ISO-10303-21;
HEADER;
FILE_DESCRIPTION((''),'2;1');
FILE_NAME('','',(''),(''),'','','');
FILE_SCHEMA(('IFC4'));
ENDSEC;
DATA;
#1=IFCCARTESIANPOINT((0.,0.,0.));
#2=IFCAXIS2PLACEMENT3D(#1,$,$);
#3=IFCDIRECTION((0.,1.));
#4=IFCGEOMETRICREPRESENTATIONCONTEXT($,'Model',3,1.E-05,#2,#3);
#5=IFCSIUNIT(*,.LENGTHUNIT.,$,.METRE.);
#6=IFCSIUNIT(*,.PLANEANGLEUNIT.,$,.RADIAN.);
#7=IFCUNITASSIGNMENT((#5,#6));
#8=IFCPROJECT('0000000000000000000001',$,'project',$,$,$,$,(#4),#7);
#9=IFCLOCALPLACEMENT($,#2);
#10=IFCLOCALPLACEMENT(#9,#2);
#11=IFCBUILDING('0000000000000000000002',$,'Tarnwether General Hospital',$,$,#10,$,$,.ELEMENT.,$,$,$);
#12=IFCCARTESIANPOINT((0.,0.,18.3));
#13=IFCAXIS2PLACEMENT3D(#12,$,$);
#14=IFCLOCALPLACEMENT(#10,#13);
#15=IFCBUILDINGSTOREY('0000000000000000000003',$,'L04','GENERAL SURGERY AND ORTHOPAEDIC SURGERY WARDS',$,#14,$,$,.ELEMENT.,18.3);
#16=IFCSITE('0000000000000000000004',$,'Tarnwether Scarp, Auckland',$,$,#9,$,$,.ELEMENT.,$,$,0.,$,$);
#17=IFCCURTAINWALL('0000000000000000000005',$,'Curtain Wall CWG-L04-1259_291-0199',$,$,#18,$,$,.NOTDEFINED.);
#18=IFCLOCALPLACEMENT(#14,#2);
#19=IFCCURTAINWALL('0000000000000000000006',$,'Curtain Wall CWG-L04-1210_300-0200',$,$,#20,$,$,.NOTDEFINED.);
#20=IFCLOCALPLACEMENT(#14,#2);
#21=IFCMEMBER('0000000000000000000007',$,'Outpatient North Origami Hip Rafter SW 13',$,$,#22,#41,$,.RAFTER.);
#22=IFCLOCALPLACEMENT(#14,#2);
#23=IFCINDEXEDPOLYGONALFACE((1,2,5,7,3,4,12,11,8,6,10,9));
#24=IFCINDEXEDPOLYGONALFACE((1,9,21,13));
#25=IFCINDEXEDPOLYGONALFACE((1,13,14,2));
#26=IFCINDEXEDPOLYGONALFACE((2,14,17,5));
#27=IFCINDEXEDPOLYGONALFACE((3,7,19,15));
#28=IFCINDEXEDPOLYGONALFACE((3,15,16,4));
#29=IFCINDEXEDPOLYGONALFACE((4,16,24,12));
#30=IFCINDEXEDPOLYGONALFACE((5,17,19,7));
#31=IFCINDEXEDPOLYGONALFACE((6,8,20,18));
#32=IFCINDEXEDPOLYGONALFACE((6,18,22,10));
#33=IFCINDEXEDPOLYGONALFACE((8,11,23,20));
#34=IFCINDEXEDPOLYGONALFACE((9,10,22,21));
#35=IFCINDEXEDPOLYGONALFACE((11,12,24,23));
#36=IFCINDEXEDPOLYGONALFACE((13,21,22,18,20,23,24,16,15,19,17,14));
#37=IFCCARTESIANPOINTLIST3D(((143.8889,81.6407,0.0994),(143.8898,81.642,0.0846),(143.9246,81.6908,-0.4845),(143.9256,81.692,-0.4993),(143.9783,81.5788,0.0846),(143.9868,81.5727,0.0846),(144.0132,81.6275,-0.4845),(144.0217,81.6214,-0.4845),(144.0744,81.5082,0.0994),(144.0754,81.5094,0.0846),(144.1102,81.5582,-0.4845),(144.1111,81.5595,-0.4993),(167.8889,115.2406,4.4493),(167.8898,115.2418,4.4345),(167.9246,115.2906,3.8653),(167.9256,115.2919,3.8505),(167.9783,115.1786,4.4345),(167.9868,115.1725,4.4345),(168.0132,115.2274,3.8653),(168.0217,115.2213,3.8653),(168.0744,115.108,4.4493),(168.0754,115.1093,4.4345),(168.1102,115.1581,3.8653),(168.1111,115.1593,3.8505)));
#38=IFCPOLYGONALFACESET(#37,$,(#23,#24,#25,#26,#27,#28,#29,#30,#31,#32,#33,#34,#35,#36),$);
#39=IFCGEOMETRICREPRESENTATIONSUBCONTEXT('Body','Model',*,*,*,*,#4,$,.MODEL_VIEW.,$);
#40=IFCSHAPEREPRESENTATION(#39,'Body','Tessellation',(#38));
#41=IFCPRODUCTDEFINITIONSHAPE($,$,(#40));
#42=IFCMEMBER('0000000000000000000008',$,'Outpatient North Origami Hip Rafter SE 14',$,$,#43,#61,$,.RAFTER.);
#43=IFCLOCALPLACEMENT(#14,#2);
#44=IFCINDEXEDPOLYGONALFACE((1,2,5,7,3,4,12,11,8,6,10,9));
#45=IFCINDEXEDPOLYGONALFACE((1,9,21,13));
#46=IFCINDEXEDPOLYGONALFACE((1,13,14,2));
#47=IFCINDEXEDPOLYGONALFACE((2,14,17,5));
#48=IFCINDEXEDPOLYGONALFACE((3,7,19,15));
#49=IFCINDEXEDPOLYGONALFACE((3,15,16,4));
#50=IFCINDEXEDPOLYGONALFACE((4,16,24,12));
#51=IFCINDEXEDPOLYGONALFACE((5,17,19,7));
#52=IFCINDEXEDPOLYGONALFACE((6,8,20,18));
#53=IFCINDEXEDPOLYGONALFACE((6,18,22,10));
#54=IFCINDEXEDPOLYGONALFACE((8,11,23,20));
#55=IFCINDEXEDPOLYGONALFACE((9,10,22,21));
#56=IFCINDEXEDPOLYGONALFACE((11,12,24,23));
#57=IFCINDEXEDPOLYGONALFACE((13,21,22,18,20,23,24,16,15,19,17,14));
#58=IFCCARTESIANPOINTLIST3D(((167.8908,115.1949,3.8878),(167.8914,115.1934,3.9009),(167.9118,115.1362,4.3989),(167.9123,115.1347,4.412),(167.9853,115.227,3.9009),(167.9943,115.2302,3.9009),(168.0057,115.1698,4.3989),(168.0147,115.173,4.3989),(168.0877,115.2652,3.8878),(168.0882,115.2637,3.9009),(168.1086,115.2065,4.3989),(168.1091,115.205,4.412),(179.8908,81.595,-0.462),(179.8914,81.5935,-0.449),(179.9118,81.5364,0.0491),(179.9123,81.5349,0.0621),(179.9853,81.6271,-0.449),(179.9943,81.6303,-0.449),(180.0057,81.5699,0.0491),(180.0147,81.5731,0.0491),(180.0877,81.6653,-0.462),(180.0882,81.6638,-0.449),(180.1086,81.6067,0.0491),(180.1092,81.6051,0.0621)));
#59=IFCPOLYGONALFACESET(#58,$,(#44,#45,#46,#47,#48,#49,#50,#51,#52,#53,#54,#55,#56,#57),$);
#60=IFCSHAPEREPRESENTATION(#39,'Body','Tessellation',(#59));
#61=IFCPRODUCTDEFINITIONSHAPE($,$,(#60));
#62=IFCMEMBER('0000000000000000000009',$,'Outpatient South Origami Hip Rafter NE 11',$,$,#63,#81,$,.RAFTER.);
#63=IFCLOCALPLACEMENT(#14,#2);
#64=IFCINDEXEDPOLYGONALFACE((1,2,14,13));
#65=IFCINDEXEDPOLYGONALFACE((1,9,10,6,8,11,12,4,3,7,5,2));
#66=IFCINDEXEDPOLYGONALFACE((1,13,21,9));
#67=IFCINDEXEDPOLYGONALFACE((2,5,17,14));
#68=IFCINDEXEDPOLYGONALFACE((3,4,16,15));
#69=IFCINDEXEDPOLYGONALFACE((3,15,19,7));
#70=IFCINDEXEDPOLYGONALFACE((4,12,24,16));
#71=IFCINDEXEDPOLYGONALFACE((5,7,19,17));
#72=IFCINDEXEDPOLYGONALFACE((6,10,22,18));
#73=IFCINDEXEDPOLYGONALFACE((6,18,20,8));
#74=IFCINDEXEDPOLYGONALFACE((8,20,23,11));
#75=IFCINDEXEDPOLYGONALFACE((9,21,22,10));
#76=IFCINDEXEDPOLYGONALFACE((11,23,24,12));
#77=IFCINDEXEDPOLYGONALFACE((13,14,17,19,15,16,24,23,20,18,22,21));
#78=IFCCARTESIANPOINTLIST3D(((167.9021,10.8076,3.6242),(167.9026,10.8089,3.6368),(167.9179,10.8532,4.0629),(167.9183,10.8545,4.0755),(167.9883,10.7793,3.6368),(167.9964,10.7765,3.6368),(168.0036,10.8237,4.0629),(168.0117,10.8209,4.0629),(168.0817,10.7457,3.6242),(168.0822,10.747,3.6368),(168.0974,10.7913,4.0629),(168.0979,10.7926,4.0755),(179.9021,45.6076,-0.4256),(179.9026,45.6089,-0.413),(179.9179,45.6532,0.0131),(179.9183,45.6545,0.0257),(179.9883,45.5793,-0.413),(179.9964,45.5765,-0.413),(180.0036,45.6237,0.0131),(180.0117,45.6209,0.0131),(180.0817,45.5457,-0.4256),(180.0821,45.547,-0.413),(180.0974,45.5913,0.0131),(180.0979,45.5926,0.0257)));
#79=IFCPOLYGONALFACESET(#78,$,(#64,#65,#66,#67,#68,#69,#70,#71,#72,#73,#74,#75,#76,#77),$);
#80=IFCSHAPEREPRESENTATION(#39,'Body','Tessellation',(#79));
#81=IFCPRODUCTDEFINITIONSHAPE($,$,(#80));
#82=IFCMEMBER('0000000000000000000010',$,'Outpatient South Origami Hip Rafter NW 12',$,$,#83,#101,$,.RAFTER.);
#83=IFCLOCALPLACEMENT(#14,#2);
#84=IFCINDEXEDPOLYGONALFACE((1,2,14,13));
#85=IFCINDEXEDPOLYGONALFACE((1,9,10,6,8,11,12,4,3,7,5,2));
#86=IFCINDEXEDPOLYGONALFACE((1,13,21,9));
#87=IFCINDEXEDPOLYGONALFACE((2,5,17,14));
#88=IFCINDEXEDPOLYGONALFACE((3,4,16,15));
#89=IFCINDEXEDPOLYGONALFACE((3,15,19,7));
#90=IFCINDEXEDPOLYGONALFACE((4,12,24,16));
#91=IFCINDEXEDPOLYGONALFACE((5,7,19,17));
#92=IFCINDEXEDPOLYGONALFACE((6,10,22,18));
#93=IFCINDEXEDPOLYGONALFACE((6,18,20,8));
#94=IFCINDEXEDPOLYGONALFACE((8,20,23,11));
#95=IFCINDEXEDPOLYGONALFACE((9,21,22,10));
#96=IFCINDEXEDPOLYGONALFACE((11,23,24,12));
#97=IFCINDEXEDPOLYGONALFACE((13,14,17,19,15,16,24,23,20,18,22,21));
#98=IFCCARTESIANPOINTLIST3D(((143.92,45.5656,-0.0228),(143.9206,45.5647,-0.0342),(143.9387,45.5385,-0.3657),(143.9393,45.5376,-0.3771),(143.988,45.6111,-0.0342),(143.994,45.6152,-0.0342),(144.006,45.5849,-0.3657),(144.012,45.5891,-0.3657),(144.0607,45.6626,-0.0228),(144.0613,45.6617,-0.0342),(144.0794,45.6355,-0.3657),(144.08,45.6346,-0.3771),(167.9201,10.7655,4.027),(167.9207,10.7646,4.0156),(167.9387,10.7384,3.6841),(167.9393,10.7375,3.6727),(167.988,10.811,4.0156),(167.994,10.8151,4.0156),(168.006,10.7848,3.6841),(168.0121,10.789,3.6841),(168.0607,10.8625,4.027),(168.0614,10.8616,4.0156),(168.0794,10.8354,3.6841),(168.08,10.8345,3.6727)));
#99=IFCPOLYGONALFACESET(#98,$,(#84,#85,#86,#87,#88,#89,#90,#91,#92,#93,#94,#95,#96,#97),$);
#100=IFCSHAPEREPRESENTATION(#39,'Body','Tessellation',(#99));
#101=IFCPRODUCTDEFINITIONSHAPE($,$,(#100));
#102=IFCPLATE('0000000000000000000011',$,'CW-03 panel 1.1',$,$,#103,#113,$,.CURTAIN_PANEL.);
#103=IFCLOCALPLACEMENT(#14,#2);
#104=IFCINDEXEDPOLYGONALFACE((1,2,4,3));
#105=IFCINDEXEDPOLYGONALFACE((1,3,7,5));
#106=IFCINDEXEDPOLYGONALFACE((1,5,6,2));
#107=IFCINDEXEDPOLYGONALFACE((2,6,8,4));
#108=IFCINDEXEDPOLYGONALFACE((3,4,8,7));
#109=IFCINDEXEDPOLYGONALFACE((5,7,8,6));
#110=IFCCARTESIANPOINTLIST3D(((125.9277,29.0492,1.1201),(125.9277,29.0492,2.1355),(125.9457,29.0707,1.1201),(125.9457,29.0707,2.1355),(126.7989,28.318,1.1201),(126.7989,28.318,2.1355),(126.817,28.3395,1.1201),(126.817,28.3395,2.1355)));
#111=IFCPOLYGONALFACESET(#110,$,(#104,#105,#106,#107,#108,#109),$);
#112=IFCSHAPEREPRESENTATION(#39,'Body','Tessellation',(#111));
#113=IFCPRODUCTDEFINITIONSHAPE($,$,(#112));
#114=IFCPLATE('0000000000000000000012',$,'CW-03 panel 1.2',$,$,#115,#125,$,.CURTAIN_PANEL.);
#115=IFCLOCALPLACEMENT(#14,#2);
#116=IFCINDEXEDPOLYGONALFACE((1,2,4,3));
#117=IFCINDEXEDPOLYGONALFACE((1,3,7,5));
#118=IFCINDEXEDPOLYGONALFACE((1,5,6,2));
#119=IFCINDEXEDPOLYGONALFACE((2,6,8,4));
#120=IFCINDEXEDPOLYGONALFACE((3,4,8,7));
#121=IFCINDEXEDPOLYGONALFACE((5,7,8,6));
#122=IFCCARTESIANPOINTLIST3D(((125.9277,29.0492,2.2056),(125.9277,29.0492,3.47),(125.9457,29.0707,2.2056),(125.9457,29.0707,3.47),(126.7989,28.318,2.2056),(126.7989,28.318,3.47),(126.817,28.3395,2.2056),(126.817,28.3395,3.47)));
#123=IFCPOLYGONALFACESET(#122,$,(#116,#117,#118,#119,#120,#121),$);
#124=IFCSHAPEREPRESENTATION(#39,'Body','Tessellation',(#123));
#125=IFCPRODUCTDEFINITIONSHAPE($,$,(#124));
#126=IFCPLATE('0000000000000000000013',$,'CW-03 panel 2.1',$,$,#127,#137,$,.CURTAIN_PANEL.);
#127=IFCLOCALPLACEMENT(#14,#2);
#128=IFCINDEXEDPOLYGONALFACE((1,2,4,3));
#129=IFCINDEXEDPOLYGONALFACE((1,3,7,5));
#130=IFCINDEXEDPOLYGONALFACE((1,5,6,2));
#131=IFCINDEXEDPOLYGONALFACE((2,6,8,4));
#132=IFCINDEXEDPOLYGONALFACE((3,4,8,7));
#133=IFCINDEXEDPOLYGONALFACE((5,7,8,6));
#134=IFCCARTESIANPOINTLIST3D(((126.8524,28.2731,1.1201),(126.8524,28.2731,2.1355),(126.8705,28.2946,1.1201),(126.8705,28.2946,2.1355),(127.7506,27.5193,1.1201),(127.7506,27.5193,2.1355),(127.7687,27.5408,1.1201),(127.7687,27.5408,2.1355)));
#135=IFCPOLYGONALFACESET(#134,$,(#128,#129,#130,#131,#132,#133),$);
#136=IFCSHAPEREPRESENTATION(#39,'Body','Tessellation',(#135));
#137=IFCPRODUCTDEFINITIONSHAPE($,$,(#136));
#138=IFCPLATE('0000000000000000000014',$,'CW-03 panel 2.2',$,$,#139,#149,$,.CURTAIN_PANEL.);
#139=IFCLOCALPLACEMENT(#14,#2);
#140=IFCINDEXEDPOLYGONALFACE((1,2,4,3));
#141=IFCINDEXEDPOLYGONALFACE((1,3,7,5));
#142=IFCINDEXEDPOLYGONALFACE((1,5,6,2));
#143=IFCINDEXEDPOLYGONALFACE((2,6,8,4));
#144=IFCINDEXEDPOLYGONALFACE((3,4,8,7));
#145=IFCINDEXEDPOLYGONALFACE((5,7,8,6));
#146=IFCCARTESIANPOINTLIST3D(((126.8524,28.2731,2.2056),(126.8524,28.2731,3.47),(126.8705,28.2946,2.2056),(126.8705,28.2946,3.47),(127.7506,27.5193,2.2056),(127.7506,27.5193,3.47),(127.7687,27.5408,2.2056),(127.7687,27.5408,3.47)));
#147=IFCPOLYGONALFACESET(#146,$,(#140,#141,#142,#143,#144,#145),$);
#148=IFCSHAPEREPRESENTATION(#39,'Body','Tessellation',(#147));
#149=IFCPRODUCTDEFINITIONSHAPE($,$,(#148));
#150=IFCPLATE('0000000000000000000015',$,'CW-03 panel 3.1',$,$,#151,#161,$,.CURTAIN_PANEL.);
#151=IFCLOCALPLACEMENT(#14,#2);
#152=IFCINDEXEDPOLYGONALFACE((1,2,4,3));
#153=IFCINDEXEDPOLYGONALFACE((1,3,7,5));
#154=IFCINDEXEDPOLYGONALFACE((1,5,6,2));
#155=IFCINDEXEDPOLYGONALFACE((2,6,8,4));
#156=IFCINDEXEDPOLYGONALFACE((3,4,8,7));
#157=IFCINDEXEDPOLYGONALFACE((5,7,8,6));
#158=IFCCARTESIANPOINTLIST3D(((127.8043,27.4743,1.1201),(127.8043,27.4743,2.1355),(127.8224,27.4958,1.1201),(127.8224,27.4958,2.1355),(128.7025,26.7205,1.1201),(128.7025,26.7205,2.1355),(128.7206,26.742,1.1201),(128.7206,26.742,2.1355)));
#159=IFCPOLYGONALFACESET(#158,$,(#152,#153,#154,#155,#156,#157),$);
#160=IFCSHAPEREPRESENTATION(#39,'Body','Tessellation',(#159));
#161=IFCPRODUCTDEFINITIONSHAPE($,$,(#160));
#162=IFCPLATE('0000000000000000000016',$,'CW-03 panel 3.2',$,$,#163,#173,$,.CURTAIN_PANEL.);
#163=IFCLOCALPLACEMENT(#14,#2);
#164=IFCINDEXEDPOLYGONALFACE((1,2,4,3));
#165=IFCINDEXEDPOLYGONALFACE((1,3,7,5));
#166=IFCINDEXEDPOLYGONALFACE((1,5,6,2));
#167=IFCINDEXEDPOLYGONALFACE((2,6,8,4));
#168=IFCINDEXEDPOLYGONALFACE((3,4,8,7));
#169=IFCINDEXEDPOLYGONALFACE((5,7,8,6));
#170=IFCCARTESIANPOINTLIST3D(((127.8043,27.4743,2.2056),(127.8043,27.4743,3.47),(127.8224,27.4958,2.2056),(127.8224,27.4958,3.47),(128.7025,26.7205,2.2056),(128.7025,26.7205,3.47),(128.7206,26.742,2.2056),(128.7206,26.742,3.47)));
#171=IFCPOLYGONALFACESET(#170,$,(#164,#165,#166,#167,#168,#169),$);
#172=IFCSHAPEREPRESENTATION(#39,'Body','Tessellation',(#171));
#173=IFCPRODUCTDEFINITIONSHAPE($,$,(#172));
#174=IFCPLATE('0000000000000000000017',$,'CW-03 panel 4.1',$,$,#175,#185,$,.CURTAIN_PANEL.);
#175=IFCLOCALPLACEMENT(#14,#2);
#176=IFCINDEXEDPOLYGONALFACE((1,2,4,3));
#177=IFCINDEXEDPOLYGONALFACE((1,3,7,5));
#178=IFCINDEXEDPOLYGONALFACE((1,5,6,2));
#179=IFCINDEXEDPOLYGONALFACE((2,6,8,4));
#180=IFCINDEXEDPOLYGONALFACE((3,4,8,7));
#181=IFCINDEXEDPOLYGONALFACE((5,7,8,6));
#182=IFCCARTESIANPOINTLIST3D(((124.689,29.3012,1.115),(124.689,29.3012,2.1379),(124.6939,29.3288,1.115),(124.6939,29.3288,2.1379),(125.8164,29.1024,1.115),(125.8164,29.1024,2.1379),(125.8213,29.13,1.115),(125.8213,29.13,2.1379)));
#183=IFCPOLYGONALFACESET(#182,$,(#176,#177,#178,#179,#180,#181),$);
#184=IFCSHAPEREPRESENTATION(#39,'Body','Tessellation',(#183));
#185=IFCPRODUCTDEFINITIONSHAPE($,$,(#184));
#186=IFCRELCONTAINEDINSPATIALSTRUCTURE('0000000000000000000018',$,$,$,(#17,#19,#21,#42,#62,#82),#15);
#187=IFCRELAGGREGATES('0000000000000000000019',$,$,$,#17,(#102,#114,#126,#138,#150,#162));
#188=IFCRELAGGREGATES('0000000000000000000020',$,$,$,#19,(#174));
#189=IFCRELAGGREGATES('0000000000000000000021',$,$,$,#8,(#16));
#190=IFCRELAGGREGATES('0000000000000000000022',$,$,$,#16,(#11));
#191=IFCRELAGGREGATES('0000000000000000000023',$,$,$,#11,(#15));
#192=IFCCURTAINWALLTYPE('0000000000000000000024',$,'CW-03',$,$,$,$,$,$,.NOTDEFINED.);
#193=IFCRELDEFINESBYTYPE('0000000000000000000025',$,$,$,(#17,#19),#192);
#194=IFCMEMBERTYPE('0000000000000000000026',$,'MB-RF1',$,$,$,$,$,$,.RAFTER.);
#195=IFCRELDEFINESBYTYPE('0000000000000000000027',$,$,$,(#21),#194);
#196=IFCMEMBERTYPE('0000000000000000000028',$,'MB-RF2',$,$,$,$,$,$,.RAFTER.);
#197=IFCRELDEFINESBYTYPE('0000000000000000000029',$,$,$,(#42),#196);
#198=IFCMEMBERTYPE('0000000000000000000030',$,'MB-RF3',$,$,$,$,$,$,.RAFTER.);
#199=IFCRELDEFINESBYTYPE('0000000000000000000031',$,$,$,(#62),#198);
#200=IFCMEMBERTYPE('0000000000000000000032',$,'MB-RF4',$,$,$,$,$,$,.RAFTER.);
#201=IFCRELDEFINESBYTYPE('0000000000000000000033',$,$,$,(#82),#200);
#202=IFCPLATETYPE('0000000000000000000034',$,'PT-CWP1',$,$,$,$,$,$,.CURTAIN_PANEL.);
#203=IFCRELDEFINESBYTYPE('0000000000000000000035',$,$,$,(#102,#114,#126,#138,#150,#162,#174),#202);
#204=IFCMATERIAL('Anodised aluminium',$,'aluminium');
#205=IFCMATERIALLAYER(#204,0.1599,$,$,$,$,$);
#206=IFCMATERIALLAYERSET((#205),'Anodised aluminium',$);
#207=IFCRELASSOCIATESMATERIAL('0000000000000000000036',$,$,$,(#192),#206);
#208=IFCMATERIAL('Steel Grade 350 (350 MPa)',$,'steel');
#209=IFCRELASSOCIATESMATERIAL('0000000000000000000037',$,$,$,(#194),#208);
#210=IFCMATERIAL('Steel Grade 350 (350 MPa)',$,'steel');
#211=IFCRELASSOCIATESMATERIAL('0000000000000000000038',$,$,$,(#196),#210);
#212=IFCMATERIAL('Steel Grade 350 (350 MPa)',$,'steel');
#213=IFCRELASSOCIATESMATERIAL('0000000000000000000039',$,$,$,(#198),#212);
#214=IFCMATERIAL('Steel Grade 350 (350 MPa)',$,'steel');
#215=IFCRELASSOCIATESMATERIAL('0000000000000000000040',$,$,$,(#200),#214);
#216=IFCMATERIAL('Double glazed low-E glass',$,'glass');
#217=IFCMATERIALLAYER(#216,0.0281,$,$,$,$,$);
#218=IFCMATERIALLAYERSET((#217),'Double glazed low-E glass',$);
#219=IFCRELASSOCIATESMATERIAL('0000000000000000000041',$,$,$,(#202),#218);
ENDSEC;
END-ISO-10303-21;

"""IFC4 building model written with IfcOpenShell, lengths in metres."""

from ifc_helpers import new_model, si_unit, direction, frame, origin, origin_2d, place, context, subcontext, project, spatial, rectangle, i_section, extrude, material, layer, layer_set, material_profile, profile_set, type_object, element, aggregate, save


model = new_model("IFC4")

# Units and contexts
model_context = context("Model", 3, precision=1e-05, world=origin(), true_north=direction((0.0, 1.0)))
body_context = subcontext(model_context, "Body", "Model", "MODEL_VIEW")
ifc_project = project(units=[si_unit("LENGTHUNIT", "METRE"), si_unit("PLANEANGLEUNIT", "RADIAN")], contexts=[model_context])

# Site, building, storey
site_placement = place(None, origin())
site = spatial("IfcSite", under=ifc_project, at=site_placement, Name="Tarnwether Scarp, Auckland", CompositionType="ELEMENT", RefElevation=0.0)
building_placement = place(site_placement, origin())
building = spatial("IfcBuilding", under=site, at=building_placement, Name="Tarnwether General Hospital", CompositionType="ELEMENT")
storey_placement = place(building_placement, frame((0.0, 0.0, 18.3)))
storey = spatial("IfcBuildingStorey", under=building, at=storey_placement, Name="L04", Description="GENERAL SURGERY AND ORTHOPAEDIC SURGERY WARDS", CompositionType="ELEMENT", Elevation=18.3)

# Curtain wall
ifc_material_1 = material(Name="Anodised aluminium", Category="aluminium")
ifc_layer_1 = layer(ifc_material_1, 0.1599)
ifc_layer_set_1 = layer_set([ifc_layer_1], Name="Anodised aluminium")
curtain_wall_type = type_object("IfcCurtainWallType", Name="CW-03", PredefinedType="NOTDEFINED", material=ifc_layer_set_1)
curtain_wall_1_placement = place(storey_placement, origin())
curtain_wall_1 = element("IfcCurtainWall", 1, at=curtain_wall_1_placement, inside=storey, type_object=curtain_wall_type, Name="Curtain Wall CWG-L04-1259_291-0199", PredefinedType="NOTDEFINED")

# Curtain wall
curtain_wall_2_placement = place(storey_placement, origin())
curtain_wall_2 = element("IfcCurtainWall", 2, at=curtain_wall_2_placement, inside=storey, type_object=curtain_wall_type, Name="Curtain Wall CWG-L04-1210_300-0200", PredefinedType="NOTDEFINED")

# Members
ifc_material_2 = material(Name="Steel Grade 350 (350 MPa)", Category="steel")
ifc_material_profile_1 = material_profile(ifc_material_2, i_section(OverallWidth=0.228, OverallDepth=0.6021, WebThickness=0.0105, FlangeThickness=0.0149, at=origin_2d()), Name="610UB101")
ifc_profile_set_1 = profile_set([ifc_material_profile_1], Name="Steel Grade 350 (350 MPa)")
member_type_1 = type_object("IfcMemberType", Name="MB-RF1", PredefinedType="RAFTER", material=ifc_profile_set_1)
member_1_placement = place(storey_placement, frame((144.0, 81.6001, -0.2), z_axis=(0.578041, 0.809254, 0.104766), x_axis=(-0.813732, 0.58124, 0.0)))
element("IfcMember", 3, at=member_1_placement, inside=storey, type_object=member_type_1, Name="Outpatient North Origami Hip Rafter SW 13", PredefinedType="RAFTER", context=body_context, shape_type="SweptSolid", body=[
    extrude(i_section(OverallWidth=0.228, OverallDepth=0.6021, WebThickness=0.0105, FlangeThickness=0.0149, at=origin_2d()), origin(), (0.0, 0.0, 1.0), 41.5195),
])
ifc_material_3 = material(Name="Steel Grade 350 (350 MPa)", Category="steel")
ifc_material_profile_2 = material_profile(ifc_material_3, i_section(OverallWidth=0.209, OverallDepth=0.5281, WebThickness=0.0095, FlangeThickness=0.0132, at=origin_2d()), Name="530UB82.0")
ifc_profile_set_2 = profile_set([ifc_material_profile_2], Name="Steel Grade 350 (350 MPa)")
member_type_2 = type_object("IfcMemberType", Name="MB-RF2", PredefinedType="RAFTER", material=ifc_profile_set_2)
member_2_placement = place(storey_placement, frame((180.0, 81.6001, -0.2), z_axis=(-0.333866, 0.934819, 0.121022), x_axis=(-0.941741, -0.336338, 0.0)))
element("IfcMember", 4, at=member_2_placement, inside=storey, type_object=member_type_2, Name="Outpatient North Origami Hip Rafter SE 14", PredefinedType="RAFTER", context=body_context, shape_type="SweptSolid", body=[
    extrude(i_section(OverallWidth=0.209, OverallDepth=0.5281, WebThickness=0.0095, FlangeThickness=0.0132, at=origin_2d()), origin(), (0.0, 0.0, 1.0), 35.9426),
])
ifc_material_4 = material(Name="Steel Grade 350 (350 MPa)", Category="steel")
ifc_material_profile_3 = material_profile(ifc_material_4, i_section(OverallWidth=0.1899, OverallDepth=0.4541, WebThickness=0.0085, FlangeThickness=0.0127, at=origin_2d()), Name="460UB67.1")
ifc_profile_set_3 = profile_set([ifc_material_profile_3], Name="Steel Grade 350 (350 MPa)")
member_type_3 = type_object("IfcMemberType", Name="MB-RF3", PredefinedType="RAFTER", material=ifc_profile_set_3)
member_3_placement = place(storey_placement, frame((180.0, 45.6001, -0.2), z_axis=(-0.324035, -0.939703, 0.109357), x_axis=(0.945373, -0.32599, 0.0)))
element("IfcMember", 5, at=member_3_placement, inside=storey, type_object=member_type_3, Name="Outpatient South Origami Hip Rafter NE 11", PredefinedType="RAFTER", context=body_context, shape_type="SweptSolid", body=[
    extrude(i_section(OverallWidth=0.1899, OverallDepth=0.4541, WebThickness=0.0085, FlangeThickness=0.0127, at=origin_2d()), origin(), (0.0, 0.0, 1.0), 37.033),
])
ifc_material_5 = material(Name="Steel Grade 350 (350 MPa)", Category="steel")
ifc_material_profile_4 = material_profile(ifc_material_5, i_section(OverallWidth=0.1709, OverallDepth=0.356, WebThickness=0.0073, FlangeThickness=0.0115, at=origin_2d()), Name="360UB50.7")
ifc_profile_set_4 = profile_set([ifc_material_profile_4], Name="Steel Grade 350 (350 MPa)")
member_type_4 = type_object("IfcMemberType", Name="MB-RF4", PredefinedType="RAFTER", material=ifc_profile_set_4)
member_4_placement = place(storey_placement, frame((144.0, 45.6001, -0.2), z_axis=(0.565145, -0.819461, 0.095364), x_axis=(0.823213, 0.567732, 0.0)))
element("IfcMember", 6, at=member_4_placement, inside=storey, type_object=member_type_4, Name="Outpatient South Origami Hip Rafter NW 12", PredefinedType="RAFTER", context=body_context, shape_type="SweptSolid", body=[
    extrude(i_section(OverallWidth=0.1709, OverallDepth=0.356, WebThickness=0.0073, FlangeThickness=0.0115, at=origin_2d()), origin(), (0.0, 0.0, 1.0), 42.467),
])

# Plates
ifc_material_6 = material(Name="Double glazed low-E glass", Category="glass")
ifc_layer_2 = layer(ifc_material_6, 0.0281)
ifc_layer_set_2 = layer_set([ifc_layer_2], Name="Double glazed low-E glass")
plate_type = type_object("IfcPlateType", Name="PT-CWP1", PredefinedType="CURTAIN_PANEL", material=ifc_layer_set_2)
plate_1_placement = place(storey_placement, frame((126.3723, 28.6943, 1.1201), z_axis=(0.0, 0.0, 1.0), x_axis=(0.76599, -0.642852, 0.0)))
plate_1 = element("IfcPlate", 7, at=plate_1_placement, type_object=plate_type, Name="CW-03 panel 1.1", PredefinedType="CURTAIN_PANEL", context=body_context, shape_type="SweptSolid", body=[
    extrude(rectangle(XDim=1.1375, YDim=0.0281, at=origin_2d()), origin(), (0.0, 0.0, 1.0), 1.0154),
])
plate_2_placement = place(storey_placement, frame((126.3723, 28.6943, 2.2056), z_axis=(0.0, 0.0, 1.0), x_axis=(0.76599, -0.642852, 0.0)))
plate_2 = element("IfcPlate", 8, at=plate_2_placement, type_object=plate_type, Name="CW-03 panel 1.2", PredefinedType="CURTAIN_PANEL", context=body_context, shape_type="SweptSolid", body=[
    extrude(rectangle(XDim=1.1375, YDim=0.0281, at=origin_2d()), origin(), (0.0, 0.0, 1.0), 1.2644),
])
plate_3_placement = place(storey_placement, frame((127.3105, 27.907, 1.1201), z_axis=(0.0, 0.0, 1.0), x_axis=(0.76599, -0.642852, 0.0)))
plate_3 = element("IfcPlate", 9, at=plate_3_placement, type_object=plate_type, Name="CW-03 panel 2.1", PredefinedType="CURTAIN_PANEL", context=body_context, shape_type="SweptSolid", body=[
    extrude(rectangle(XDim=1.1726, YDim=0.0281, at=origin_2d()), origin(), (0.0, 0.0, 1.0), 1.0154),
])
plate_4_placement = place(storey_placement, frame((127.3105, 27.907, 2.2056), z_axis=(0.0, 0.0, 1.0), x_axis=(0.76599, -0.642852, 0.0)))
plate_4 = element("IfcPlate", 10, at=plate_4_placement, type_object=plate_type, Name="CW-03 panel 2.2", PredefinedType="CURTAIN_PANEL", context=body_context, shape_type="SweptSolid", body=[
    extrude(rectangle(XDim=1.1726, YDim=0.0281, at=origin_2d()), origin(), (0.0, 0.0, 1.0), 1.2644),
])
plate_5_placement = place(storey_placement, frame((128.2625, 27.1082, 1.1201), z_axis=(0.0, 0.0, 1.0), x_axis=(0.76599, -0.642852, 0.0)))
plate_5 = element("IfcPlate", 11, at=plate_5_placement, type_object=plate_type, Name="CW-03 panel 3.1", PredefinedType="CURTAIN_PANEL", context=body_context, shape_type="SweptSolid", body=[
    extrude(rectangle(XDim=1.1726, YDim=0.0281, at=origin_2d()), origin(), (0.0, 0.0, 1.0), 1.0154),
])
plate_6_placement = place(storey_placement, frame((128.2625, 27.1082, 2.2056), z_axis=(0.0, 0.0, 1.0), x_axis=(0.76599, -0.642852, 0.0)))
plate_6 = element("IfcPlate", 12, at=plate_6_placement, type_object=plate_type, Name="CW-03 panel 3.2", PredefinedType="CURTAIN_PANEL", context=body_context, shape_type="SweptSolid", body=[
    extrude(rectangle(XDim=1.1726, YDim=0.0281, at=origin_2d()), origin(), (0.0, 0.0, 1.0), 1.2644),
])
aggregate(curtain_wall_1, [plate_1, plate_2, plate_3, plate_4, plate_5, plate_6])
plate_7_placement = place(storey_placement, frame((125.2551, 29.2156, 1.115), z_axis=(0.0, 0.0, 1.0), x_axis=(0.984806, -0.173659, 0.0)))
plate_7 = element("IfcPlate", 13, at=plate_7_placement, type_object=plate_type, Name="CW-03 panel 4.1", PredefinedType="CURTAIN_PANEL", context=body_context, shape_type="SweptSolid", body=[
    extrude(rectangle(XDim=1.1448, YDim=0.0281, at=origin_2d()), origin(), (0.0, 0.0, 1.0), 1.0229),
])
aggregate(curtain_wall_2, [plate_7])

save(model, "model.ifc")
